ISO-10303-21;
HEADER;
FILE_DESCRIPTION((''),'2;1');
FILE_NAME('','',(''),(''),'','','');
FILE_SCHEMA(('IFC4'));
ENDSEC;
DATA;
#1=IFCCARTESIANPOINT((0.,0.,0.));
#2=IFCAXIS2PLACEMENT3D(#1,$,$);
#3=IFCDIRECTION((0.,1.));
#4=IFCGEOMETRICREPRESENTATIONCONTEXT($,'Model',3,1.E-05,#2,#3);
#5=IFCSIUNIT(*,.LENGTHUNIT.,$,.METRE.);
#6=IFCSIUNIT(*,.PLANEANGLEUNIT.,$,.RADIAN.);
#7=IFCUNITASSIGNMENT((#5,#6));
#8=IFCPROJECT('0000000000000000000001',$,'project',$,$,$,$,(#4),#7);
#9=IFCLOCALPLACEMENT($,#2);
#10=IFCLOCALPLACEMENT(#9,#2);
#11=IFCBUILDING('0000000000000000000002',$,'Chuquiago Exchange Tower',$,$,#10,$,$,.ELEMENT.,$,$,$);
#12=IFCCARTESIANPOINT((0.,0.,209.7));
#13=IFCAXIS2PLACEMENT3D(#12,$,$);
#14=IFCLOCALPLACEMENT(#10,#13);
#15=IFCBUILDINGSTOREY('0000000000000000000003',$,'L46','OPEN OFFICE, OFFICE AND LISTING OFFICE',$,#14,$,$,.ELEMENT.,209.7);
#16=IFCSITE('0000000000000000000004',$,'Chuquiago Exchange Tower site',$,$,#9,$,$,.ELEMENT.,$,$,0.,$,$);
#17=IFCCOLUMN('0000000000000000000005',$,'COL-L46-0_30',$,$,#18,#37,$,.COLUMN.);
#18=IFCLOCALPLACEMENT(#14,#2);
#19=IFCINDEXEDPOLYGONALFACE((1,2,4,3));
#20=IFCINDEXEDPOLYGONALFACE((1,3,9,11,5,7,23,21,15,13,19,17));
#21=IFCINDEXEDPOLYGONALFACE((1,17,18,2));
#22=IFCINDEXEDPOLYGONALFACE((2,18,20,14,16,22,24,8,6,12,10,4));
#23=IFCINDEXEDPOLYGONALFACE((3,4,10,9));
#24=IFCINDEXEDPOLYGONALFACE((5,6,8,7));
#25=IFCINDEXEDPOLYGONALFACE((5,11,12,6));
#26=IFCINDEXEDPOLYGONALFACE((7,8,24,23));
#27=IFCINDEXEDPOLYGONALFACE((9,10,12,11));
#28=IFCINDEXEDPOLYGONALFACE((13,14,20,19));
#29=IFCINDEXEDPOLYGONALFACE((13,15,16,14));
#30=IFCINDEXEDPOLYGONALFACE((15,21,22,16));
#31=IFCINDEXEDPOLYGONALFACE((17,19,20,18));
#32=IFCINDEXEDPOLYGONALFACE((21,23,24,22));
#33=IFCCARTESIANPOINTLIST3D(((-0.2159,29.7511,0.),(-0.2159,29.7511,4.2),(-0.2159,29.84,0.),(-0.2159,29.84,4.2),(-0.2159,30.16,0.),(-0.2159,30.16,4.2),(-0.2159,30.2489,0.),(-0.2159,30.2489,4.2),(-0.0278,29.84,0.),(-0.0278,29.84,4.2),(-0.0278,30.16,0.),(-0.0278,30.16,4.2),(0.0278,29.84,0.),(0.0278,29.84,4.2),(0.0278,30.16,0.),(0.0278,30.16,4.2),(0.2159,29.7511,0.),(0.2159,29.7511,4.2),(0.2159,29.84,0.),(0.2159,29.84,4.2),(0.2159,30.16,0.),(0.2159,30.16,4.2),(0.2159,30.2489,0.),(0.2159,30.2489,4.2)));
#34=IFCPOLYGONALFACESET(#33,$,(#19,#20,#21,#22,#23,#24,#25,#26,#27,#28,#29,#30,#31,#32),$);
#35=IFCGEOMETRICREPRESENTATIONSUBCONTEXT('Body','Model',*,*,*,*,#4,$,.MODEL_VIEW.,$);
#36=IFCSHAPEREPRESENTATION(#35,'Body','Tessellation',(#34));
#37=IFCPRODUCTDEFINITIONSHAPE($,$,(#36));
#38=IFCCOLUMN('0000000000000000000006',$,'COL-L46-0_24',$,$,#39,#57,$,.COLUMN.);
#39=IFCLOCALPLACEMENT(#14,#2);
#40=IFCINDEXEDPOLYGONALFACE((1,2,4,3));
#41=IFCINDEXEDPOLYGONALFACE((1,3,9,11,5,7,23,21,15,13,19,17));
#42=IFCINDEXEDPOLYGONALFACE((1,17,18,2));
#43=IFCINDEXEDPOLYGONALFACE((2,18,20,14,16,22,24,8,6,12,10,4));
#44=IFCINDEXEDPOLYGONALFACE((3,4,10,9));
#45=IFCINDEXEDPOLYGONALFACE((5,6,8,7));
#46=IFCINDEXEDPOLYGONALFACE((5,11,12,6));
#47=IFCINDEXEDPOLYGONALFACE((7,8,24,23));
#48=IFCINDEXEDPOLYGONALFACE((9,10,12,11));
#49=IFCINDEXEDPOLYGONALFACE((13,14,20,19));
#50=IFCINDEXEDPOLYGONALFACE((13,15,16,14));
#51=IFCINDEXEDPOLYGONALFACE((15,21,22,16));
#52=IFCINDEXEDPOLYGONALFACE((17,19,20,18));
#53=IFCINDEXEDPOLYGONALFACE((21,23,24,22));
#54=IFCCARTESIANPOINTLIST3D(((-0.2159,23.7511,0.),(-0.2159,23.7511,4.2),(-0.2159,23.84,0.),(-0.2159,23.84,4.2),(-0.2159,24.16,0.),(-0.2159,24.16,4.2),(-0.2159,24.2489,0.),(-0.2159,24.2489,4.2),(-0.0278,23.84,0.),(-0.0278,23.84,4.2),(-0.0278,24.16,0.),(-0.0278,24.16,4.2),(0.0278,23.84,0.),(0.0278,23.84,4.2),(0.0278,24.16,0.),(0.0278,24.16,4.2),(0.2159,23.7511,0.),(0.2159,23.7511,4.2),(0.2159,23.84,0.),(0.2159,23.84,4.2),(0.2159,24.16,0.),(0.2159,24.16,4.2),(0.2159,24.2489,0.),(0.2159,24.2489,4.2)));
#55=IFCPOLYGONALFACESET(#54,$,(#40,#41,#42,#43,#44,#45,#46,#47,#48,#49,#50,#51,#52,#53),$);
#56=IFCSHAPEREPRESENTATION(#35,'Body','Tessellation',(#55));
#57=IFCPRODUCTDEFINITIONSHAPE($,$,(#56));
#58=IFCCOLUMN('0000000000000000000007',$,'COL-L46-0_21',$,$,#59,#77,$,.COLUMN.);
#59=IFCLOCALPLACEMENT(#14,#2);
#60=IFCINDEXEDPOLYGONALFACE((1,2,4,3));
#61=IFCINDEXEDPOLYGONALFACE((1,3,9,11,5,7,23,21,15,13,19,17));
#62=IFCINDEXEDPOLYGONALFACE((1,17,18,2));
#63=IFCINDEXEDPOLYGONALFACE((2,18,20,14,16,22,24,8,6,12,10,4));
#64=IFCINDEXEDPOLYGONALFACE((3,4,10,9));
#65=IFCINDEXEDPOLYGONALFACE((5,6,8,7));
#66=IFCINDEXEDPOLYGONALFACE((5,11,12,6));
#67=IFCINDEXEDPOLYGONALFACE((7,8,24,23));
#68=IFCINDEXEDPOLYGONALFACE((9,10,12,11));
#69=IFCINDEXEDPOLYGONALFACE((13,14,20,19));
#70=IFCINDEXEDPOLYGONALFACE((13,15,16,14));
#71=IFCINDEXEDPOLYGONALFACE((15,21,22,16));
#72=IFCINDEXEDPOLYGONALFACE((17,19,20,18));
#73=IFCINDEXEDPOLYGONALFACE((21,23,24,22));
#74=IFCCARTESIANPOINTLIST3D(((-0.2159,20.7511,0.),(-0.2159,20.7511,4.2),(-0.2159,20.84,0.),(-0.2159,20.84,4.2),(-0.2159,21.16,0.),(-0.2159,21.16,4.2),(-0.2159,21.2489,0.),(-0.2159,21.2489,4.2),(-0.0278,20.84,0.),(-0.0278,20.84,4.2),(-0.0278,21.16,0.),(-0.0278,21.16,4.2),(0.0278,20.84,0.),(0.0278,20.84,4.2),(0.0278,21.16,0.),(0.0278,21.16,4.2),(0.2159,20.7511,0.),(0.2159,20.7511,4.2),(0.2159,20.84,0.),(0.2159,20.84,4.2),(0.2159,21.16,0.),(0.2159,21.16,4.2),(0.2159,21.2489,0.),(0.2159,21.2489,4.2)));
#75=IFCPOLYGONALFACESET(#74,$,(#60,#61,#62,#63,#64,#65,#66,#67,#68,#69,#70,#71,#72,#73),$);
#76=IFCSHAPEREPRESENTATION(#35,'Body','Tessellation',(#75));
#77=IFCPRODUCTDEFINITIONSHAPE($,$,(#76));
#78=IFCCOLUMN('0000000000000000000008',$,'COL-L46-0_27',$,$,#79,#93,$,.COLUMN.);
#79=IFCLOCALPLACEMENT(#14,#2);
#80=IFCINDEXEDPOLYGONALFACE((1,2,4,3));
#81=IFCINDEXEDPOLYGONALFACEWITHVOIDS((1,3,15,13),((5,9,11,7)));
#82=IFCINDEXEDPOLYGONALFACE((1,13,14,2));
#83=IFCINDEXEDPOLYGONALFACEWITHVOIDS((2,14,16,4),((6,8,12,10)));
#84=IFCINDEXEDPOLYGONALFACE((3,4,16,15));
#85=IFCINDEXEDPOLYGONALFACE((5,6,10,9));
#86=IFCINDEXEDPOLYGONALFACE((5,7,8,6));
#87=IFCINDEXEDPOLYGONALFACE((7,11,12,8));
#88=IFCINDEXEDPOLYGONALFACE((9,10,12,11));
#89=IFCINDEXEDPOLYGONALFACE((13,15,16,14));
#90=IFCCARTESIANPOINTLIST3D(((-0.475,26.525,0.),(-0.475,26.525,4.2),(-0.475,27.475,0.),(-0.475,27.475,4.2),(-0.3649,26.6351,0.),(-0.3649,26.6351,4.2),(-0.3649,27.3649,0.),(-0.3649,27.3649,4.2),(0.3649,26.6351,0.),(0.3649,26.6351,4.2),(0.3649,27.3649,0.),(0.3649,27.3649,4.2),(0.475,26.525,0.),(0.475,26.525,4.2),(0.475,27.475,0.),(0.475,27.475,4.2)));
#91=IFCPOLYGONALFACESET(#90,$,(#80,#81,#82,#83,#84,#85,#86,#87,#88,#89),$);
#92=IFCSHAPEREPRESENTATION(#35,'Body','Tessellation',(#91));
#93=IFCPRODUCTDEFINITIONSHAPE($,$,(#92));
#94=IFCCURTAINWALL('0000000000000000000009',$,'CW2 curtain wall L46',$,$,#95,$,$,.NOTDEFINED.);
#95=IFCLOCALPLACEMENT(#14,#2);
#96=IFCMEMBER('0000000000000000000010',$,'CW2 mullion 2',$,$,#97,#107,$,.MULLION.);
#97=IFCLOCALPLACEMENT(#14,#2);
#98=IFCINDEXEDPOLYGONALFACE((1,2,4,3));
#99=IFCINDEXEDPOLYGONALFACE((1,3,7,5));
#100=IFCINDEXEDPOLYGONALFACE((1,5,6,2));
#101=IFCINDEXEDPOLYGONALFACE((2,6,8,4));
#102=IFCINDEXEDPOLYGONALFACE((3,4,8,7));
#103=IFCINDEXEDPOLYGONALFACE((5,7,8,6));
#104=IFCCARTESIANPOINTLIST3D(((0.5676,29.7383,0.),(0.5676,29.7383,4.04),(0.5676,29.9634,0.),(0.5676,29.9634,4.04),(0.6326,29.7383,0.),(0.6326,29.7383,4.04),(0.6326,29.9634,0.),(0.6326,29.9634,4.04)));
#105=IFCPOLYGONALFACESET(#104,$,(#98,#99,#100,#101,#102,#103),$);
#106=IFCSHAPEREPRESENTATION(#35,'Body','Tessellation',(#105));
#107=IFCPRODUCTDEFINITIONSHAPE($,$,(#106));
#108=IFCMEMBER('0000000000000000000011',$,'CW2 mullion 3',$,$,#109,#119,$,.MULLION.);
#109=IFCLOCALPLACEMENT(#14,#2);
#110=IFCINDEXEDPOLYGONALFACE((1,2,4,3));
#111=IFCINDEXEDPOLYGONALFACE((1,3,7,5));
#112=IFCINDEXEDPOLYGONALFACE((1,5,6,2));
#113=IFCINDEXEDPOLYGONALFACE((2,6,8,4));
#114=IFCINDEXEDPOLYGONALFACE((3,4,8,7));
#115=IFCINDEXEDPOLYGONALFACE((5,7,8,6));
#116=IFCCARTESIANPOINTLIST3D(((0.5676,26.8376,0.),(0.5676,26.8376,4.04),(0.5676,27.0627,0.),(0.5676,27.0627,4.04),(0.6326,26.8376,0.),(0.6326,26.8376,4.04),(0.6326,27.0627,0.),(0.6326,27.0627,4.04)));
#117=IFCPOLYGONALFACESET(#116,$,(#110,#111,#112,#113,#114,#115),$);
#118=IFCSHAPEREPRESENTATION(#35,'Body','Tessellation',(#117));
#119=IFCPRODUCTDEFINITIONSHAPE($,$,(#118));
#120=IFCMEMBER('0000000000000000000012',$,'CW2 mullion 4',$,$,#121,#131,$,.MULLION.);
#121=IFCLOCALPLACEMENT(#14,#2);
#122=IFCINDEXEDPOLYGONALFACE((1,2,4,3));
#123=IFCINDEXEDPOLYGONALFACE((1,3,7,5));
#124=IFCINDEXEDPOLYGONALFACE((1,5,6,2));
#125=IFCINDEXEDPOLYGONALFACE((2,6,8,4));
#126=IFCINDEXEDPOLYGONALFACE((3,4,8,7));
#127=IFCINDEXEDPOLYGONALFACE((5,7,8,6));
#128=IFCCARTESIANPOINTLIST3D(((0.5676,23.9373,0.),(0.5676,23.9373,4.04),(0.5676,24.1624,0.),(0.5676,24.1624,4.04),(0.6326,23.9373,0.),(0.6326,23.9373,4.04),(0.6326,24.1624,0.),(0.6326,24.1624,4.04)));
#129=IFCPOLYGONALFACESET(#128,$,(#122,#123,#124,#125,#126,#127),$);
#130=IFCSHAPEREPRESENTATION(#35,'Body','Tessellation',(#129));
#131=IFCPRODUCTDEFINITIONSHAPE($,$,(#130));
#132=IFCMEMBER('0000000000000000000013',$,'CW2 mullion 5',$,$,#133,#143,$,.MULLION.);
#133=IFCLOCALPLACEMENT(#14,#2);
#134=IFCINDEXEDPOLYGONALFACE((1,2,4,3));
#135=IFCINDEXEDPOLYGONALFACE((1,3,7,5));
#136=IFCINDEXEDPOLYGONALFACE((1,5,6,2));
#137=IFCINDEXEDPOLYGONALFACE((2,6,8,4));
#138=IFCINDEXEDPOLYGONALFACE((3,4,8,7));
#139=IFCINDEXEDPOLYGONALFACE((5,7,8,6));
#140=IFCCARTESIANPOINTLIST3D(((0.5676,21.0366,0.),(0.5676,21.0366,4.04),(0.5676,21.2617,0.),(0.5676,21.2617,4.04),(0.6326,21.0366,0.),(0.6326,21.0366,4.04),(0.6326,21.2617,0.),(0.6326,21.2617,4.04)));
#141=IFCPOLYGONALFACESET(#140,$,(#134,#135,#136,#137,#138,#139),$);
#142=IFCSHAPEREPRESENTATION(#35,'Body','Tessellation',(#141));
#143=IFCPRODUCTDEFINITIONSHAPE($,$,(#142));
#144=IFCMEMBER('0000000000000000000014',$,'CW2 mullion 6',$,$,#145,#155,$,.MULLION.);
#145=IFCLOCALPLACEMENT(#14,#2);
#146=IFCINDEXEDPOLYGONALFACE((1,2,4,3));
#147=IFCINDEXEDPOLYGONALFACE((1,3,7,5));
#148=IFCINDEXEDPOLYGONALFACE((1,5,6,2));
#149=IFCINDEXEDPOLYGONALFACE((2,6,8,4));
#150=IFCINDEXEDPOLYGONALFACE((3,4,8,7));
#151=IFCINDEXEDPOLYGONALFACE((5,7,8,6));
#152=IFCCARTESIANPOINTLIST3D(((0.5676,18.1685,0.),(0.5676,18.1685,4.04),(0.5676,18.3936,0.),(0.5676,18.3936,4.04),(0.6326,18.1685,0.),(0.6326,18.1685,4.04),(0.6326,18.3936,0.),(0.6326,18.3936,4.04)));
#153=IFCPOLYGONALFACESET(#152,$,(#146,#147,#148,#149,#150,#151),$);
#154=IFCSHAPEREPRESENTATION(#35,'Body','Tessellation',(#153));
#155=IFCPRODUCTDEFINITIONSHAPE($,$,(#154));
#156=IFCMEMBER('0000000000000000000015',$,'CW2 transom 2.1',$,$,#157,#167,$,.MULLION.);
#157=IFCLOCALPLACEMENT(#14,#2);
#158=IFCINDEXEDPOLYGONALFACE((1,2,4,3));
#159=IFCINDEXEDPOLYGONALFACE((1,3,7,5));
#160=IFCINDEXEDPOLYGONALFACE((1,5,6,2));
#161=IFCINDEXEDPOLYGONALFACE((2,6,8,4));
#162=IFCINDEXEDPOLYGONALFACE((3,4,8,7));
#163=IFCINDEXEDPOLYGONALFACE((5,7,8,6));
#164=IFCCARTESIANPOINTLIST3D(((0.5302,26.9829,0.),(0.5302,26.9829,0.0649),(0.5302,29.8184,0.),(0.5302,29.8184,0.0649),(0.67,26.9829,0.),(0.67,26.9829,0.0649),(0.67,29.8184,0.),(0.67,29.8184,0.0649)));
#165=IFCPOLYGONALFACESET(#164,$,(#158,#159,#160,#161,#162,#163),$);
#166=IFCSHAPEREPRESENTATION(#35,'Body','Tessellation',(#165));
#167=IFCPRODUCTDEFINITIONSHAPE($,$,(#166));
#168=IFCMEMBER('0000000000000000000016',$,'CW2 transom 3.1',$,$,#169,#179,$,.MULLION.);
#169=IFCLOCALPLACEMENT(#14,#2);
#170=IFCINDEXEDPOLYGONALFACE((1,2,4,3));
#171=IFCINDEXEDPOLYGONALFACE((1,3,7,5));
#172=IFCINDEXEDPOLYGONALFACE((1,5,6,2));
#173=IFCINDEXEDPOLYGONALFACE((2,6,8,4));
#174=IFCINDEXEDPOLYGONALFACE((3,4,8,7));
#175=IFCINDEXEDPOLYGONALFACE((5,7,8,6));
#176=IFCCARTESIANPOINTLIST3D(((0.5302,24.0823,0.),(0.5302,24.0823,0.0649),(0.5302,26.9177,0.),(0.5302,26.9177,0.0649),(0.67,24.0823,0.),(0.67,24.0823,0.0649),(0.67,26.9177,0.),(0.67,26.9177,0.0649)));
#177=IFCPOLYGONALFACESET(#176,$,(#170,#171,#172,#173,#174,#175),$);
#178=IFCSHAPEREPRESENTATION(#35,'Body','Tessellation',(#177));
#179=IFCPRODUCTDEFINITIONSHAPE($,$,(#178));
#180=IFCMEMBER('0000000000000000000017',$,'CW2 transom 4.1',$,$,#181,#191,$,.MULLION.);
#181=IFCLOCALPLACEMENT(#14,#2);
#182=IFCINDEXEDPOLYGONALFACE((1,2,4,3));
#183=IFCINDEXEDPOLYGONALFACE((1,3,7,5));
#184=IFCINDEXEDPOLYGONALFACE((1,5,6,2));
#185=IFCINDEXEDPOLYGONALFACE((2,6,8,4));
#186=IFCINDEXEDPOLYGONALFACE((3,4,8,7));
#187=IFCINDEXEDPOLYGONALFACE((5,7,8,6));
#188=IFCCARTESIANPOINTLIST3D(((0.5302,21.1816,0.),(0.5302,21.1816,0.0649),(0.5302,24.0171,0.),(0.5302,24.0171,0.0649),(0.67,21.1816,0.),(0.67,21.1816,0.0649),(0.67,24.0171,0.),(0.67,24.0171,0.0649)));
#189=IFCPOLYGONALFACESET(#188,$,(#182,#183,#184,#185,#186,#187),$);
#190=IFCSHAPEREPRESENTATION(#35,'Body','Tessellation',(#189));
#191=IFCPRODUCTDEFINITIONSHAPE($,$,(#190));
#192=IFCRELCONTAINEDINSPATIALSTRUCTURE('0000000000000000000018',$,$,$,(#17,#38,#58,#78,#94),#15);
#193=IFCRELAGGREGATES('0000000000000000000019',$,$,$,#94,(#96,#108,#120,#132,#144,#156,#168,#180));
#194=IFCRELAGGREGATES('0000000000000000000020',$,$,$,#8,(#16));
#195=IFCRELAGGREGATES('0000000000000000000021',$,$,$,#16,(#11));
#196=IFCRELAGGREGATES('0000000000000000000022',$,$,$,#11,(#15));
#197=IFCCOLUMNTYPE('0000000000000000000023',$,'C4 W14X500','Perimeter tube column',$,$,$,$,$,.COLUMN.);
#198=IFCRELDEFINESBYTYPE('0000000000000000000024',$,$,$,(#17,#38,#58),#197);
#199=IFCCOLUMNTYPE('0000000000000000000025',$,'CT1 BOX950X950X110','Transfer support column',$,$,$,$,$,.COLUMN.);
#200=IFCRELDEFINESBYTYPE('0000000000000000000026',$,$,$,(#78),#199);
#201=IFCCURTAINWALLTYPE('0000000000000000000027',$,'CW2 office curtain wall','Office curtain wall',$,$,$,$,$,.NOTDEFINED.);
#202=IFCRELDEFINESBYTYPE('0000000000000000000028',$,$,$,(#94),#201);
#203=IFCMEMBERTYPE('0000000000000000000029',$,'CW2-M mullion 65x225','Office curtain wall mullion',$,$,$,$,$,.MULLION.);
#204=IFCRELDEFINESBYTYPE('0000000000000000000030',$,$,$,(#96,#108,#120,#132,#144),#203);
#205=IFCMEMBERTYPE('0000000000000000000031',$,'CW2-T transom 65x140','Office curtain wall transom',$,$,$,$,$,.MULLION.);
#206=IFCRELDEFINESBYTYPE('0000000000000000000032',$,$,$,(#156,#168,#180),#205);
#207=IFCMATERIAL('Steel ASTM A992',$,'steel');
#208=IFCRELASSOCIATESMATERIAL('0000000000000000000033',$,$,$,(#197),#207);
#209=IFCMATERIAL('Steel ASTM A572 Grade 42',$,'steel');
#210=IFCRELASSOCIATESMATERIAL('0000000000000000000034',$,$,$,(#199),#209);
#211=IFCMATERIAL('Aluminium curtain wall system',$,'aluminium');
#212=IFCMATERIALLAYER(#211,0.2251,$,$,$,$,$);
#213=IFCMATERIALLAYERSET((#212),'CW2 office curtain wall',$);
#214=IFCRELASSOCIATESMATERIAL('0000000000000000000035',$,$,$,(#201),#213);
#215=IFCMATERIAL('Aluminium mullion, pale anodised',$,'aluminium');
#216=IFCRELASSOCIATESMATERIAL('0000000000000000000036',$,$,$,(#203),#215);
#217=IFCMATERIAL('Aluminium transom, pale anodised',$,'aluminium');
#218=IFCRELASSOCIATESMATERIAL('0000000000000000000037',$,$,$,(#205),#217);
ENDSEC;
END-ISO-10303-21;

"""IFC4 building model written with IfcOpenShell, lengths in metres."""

from ifc_helpers import new_model, si_unit, direction, frame, origin, origin_2d, place, context, subcontext, project, spatial, rectangle, hollow_rectangle, i_section, extrude, material, layer, layer_set, material_profile, profile_set, type_object, element, aggregate, save


model = new_model("IFC4")

# Units and contexts
model_context = context("Model", 3, precision=1e-05, world=origin(), true_north=direction((0.0, 1.0)))
body_context = subcontext(model_context, "Body", "Model", "MODEL_VIEW")
ifc_project = project(units=[si_unit("LENGTHUNIT", "METRE"), si_unit("PLANEANGLEUNIT", "RADIAN")], contexts=[model_context])

# Site, building, storey
site_placement = place(None, origin())
site = spatial("IfcSite", under=ifc_project, at=site_placement, Name="Chuquiago Exchange Tower site", CompositionType="ELEMENT", RefElevation=0.0)
building_placement = place(site_placement, origin())
building = spatial("IfcBuilding", under=site, at=building_placement, Name="Chuquiago Exchange Tower", CompositionType="ELEMENT")
storey_placement = place(building_placement, frame((0.0, 0.0, 209.7)))
storey = spatial("IfcBuildingStorey", under=building, at=storey_placement, Name="L46", Description="OPEN OFFICE, OFFICE AND LISTING OFFICE", CompositionType="ELEMENT", Elevation=209.7)

# Columns
ifc_material_1 = material(Name="Steel ASTM A992", Category="steel")
ifc_material_profile_1 = material_profile(ifc_material_1, i_section(OverallWidth=0.4319, OverallDepth=0.4978, WebThickness=0.0557, FlangeThickness=0.0889, at=origin_2d()), Name="W14X500")
ifc_profile_set_1 = profile_set([ifc_material_profile_1], Name="Steel ASTM A992")
column_type_1 = type_object("IfcColumnType", Name="C4 W14X500", Description="Perimeter tube column", PredefinedType="COLUMN", material=ifc_profile_set_1)
for number, where, z_axis, x_axis, name in (
    (1, (0.0, 30.0, 0.0), (0.0, 0.0, 1.0), (-1.0, 0.0, 0.0), "COL-L46-0_30"),
    (2, (0.0, 24.0, 0.0), (0.0, 0.0, 1.0), (-1.0, 0.0, 0.0), "COL-L46-0_24"),
    (3, (0.0, 21.0, 0.0), (0.0, 0.0, 1.0), (-1.0, 0.0, 0.0), "COL-L46-0_21"),
):
    element("IfcColumn", number, at=place(storey_placement, frame(where, z_axis=z_axis, x_axis=x_axis)), inside=storey, type_object=column_type_1, Name=name, PredefinedType="COLUMN", context=body_context, shape_type="SweptSolid", body=[
        extrude(i_section(OverallWidth=0.4319, OverallDepth=0.4978, WebThickness=0.0557, FlangeThickness=0.0889, at=origin_2d()), origin(), (0.0, 0.0, 1.0), 4.2),
    ])
ifc_material_2 = material(Name="Steel ASTM A572 Grade 42", Category="steel")
ifc_material_profile_2 = material_profile(ifc_material_2, hollow_rectangle(XDim=0.95, YDim=0.95, WallThickness=0.1101, at=origin_2d()), Name="BOX950X950X110")
ifc_profile_set_2 = profile_set([ifc_material_profile_2], Name="Steel ASTM A572 Grade 42")
column_type_2 = type_object("IfcColumnType", Name="CT1 BOX950X950X110", Description="Transfer support column", PredefinedType="COLUMN", material=ifc_profile_set_2)
column_placement = place(storey_placement, frame((0.0, 27.0, 0.0), z_axis=(0.0, 0.0, 1.0), x_axis=(-1.0, 0.0, 0.0)))
element("IfcColumn", 4, at=column_placement, inside=storey, type_object=column_type_2, Name="COL-L46-0_27", PredefinedType="COLUMN", context=body_context, shape_type="SweptSolid", body=[
    extrude(hollow_rectangle(XDim=0.95, YDim=0.95, WallThickness=0.1101, at=origin_2d()), origin(), (0.0, 0.0, 1.0), 4.2),
])

# Curtain wall, members
ifc_material_3 = material(Name="Aluminium curtain wall system", Category="aluminium")
ifc_layer_1 = layer(ifc_material_3, 0.2251)
ifc_layer_set_1 = layer_set([ifc_layer_1], Name="CW2 office curtain wall")
curtain_wall_type_1 = type_object("IfcCurtainWallType", Name="CW2 office curtain wall", Description="Office curtain wall", PredefinedType="NOTDEFINED", material=ifc_layer_set_1)
curtain_wall_1_placement = place(storey_placement, origin())
curtain_wall_1 = element("IfcCurtainWall", 5, at=curtain_wall_1_placement, inside=storey, type_object=curtain_wall_type_1, Name="CW2 curtain wall L46", PredefinedType="NOTDEFINED")
ifc_material_4 = material(Name="Aluminium mullion, pale anodised", Category="aluminium")
ifc_material_profile_3 = material_profile(ifc_material_4, rectangle(XDim=0.0649, YDim=0.2251, at=origin_2d()), Name="AL 65x225")
ifc_profile_set_3 = profile_set([ifc_material_profile_3], Name="Aluminium mullion, pale anodised")
member_type_1 = type_object("IfcMemberType", Name="CW2-M mullion 65x225", Description="Office curtain wall mullion", PredefinedType="MULLION", material=ifc_profile_set_3)
member_1_placement = place(storey_placement, frame((0.6001, 29.8508, 0.0), z_axis=(0.0, 0.0, 1.0), x_axis=(1.0, 0.0, 0.0)))
member_1 = element("IfcMember", 6, at=member_1_placement, type_object=member_type_1, Name="CW2 mullion 2", PredefinedType="MULLION", context=body_context, shape_type="SweptSolid", body=[
    extrude(rectangle(XDim=0.0649, YDim=0.2251, at=origin_2d()), origin(), (0.0, 0.0, 1.0), 4.04),
])
member_2_placement = place(storey_placement, frame((0.6001, 26.9502, 0.0), z_axis=(0.0, 0.0, 1.0), x_axis=(1.0, 0.0, 0.0)))
member_2 = element("IfcMember", 7, at=member_2_placement, type_object=member_type_1, Name="CW2 mullion 3", PredefinedType="MULLION", context=body_context, shape_type="SweptSolid", body=[
    extrude(rectangle(XDim=0.0649, YDim=0.2251, at=origin_2d()), origin(), (0.0, 0.0, 1.0), 4.04),
])
member_3_placement = place(storey_placement, frame((0.6001, 24.0498, 0.0), z_axis=(0.0, 0.0, 1.0), x_axis=(1.0, 0.0, 0.0)))
member_3 = element("IfcMember", 8, at=member_3_placement, type_object=member_type_1, Name="CW2 mullion 4", PredefinedType="MULLION", context=body_context, shape_type="SweptSolid", body=[
    extrude(rectangle(XDim=0.0649, YDim=0.2251, at=origin_2d()), origin(), (0.0, 0.0, 1.0), 4.04),
])
member_4_placement = place(storey_placement, frame((0.6001, 21.1492, 0.0), z_axis=(0.0, 0.0, 1.0), x_axis=(1.0, 0.0, 0.0)))
member_4 = element("IfcMember", 9, at=member_4_placement, type_object=member_type_1, Name="CW2 mullion 5", PredefinedType="MULLION", context=body_context, shape_type="SweptSolid", body=[
    extrude(rectangle(XDim=0.0649, YDim=0.2251, at=origin_2d()), origin(), (0.0, 0.0, 1.0), 4.04),
])
member_5_placement = place(storey_placement, frame((0.6001, 18.281, 0.0), z_axis=(0.0, 0.0, 1.0), x_axis=(1.0, 0.0, 0.0)))
member_5 = element("IfcMember", 10, at=member_5_placement, type_object=member_type_1, Name="CW2 mullion 6", PredefinedType="MULLION", context=body_context, shape_type="SweptSolid", body=[
    extrude(rectangle(XDim=0.0649, YDim=0.2251, at=origin_2d()), origin(), (0.0, 0.0, 1.0), 4.04),
])
ifc_material_5 = material(Name="Aluminium transom, pale anodised", Category="aluminium")
ifc_material_profile_4 = material_profile(ifc_material_5, rectangle(XDim=0.1399, YDim=0.0649, at=origin_2d()), Name="AL 140x65")
ifc_profile_set_4 = profile_set([ifc_material_profile_4], Name="Aluminium transom, pale anodised")
member_type_2 = type_object("IfcMemberType", Name="CW2-T transom 65x140", Description="Office curtain wall transom", PredefinedType="MULLION", material=ifc_profile_set_4)
member_6_placement = place(storey_placement, frame((0.6001, 29.8184, 0.0325), z_axis=(0.0, -1.0, 0.0), x_axis=(1.0, 0.0, 0.0)))
member_6 = element("IfcMember", 11, at=member_6_placement, type_object=member_type_2, Name="CW2 transom 2.1", PredefinedType="MULLION", context=body_context, shape_type="SweptSolid", body=[
    extrude(rectangle(XDim=0.1399, YDim=0.0649, at=origin_2d()), origin(), (0.0, 0.0, 1.0), 2.8354),
])
member_7_placement = place(storey_placement, frame((0.6001, 26.9177, 0.0325), z_axis=(0.0, -1.0, 0.0), x_axis=(1.0, 0.0, 0.0)))
member_7 = element("IfcMember", 12, at=member_7_placement, type_object=member_type_2, Name="CW2 transom 3.1", PredefinedType="MULLION", context=body_context, shape_type="SweptSolid", body=[
    extrude(rectangle(XDim=0.1399, YDim=0.0649, at=origin_2d()), origin(), (0.0, 0.0, 1.0), 2.8354),
])
member_8_placement = place(storey_placement, frame((0.6001, 24.0171, 0.0325), z_axis=(0.0, -1.0, 0.0), x_axis=(1.0, 0.0, 0.0)))
member_8 = element("IfcMember", 13, at=member_8_placement, type_object=member_type_2, Name="CW2 transom 4.1", PredefinedType="MULLION", context=body_context, shape_type="SweptSolid", body=[
    extrude(rectangle(XDim=0.1399, YDim=0.0649, at=origin_2d()), origin(), (0.0, 0.0, 1.0), 2.8354),
])

aggregate(curtain_wall_1, [member_1, member_2, member_3, member_4, member_5, member_6, member_7, member_8])

save(model, "model.ifc")
